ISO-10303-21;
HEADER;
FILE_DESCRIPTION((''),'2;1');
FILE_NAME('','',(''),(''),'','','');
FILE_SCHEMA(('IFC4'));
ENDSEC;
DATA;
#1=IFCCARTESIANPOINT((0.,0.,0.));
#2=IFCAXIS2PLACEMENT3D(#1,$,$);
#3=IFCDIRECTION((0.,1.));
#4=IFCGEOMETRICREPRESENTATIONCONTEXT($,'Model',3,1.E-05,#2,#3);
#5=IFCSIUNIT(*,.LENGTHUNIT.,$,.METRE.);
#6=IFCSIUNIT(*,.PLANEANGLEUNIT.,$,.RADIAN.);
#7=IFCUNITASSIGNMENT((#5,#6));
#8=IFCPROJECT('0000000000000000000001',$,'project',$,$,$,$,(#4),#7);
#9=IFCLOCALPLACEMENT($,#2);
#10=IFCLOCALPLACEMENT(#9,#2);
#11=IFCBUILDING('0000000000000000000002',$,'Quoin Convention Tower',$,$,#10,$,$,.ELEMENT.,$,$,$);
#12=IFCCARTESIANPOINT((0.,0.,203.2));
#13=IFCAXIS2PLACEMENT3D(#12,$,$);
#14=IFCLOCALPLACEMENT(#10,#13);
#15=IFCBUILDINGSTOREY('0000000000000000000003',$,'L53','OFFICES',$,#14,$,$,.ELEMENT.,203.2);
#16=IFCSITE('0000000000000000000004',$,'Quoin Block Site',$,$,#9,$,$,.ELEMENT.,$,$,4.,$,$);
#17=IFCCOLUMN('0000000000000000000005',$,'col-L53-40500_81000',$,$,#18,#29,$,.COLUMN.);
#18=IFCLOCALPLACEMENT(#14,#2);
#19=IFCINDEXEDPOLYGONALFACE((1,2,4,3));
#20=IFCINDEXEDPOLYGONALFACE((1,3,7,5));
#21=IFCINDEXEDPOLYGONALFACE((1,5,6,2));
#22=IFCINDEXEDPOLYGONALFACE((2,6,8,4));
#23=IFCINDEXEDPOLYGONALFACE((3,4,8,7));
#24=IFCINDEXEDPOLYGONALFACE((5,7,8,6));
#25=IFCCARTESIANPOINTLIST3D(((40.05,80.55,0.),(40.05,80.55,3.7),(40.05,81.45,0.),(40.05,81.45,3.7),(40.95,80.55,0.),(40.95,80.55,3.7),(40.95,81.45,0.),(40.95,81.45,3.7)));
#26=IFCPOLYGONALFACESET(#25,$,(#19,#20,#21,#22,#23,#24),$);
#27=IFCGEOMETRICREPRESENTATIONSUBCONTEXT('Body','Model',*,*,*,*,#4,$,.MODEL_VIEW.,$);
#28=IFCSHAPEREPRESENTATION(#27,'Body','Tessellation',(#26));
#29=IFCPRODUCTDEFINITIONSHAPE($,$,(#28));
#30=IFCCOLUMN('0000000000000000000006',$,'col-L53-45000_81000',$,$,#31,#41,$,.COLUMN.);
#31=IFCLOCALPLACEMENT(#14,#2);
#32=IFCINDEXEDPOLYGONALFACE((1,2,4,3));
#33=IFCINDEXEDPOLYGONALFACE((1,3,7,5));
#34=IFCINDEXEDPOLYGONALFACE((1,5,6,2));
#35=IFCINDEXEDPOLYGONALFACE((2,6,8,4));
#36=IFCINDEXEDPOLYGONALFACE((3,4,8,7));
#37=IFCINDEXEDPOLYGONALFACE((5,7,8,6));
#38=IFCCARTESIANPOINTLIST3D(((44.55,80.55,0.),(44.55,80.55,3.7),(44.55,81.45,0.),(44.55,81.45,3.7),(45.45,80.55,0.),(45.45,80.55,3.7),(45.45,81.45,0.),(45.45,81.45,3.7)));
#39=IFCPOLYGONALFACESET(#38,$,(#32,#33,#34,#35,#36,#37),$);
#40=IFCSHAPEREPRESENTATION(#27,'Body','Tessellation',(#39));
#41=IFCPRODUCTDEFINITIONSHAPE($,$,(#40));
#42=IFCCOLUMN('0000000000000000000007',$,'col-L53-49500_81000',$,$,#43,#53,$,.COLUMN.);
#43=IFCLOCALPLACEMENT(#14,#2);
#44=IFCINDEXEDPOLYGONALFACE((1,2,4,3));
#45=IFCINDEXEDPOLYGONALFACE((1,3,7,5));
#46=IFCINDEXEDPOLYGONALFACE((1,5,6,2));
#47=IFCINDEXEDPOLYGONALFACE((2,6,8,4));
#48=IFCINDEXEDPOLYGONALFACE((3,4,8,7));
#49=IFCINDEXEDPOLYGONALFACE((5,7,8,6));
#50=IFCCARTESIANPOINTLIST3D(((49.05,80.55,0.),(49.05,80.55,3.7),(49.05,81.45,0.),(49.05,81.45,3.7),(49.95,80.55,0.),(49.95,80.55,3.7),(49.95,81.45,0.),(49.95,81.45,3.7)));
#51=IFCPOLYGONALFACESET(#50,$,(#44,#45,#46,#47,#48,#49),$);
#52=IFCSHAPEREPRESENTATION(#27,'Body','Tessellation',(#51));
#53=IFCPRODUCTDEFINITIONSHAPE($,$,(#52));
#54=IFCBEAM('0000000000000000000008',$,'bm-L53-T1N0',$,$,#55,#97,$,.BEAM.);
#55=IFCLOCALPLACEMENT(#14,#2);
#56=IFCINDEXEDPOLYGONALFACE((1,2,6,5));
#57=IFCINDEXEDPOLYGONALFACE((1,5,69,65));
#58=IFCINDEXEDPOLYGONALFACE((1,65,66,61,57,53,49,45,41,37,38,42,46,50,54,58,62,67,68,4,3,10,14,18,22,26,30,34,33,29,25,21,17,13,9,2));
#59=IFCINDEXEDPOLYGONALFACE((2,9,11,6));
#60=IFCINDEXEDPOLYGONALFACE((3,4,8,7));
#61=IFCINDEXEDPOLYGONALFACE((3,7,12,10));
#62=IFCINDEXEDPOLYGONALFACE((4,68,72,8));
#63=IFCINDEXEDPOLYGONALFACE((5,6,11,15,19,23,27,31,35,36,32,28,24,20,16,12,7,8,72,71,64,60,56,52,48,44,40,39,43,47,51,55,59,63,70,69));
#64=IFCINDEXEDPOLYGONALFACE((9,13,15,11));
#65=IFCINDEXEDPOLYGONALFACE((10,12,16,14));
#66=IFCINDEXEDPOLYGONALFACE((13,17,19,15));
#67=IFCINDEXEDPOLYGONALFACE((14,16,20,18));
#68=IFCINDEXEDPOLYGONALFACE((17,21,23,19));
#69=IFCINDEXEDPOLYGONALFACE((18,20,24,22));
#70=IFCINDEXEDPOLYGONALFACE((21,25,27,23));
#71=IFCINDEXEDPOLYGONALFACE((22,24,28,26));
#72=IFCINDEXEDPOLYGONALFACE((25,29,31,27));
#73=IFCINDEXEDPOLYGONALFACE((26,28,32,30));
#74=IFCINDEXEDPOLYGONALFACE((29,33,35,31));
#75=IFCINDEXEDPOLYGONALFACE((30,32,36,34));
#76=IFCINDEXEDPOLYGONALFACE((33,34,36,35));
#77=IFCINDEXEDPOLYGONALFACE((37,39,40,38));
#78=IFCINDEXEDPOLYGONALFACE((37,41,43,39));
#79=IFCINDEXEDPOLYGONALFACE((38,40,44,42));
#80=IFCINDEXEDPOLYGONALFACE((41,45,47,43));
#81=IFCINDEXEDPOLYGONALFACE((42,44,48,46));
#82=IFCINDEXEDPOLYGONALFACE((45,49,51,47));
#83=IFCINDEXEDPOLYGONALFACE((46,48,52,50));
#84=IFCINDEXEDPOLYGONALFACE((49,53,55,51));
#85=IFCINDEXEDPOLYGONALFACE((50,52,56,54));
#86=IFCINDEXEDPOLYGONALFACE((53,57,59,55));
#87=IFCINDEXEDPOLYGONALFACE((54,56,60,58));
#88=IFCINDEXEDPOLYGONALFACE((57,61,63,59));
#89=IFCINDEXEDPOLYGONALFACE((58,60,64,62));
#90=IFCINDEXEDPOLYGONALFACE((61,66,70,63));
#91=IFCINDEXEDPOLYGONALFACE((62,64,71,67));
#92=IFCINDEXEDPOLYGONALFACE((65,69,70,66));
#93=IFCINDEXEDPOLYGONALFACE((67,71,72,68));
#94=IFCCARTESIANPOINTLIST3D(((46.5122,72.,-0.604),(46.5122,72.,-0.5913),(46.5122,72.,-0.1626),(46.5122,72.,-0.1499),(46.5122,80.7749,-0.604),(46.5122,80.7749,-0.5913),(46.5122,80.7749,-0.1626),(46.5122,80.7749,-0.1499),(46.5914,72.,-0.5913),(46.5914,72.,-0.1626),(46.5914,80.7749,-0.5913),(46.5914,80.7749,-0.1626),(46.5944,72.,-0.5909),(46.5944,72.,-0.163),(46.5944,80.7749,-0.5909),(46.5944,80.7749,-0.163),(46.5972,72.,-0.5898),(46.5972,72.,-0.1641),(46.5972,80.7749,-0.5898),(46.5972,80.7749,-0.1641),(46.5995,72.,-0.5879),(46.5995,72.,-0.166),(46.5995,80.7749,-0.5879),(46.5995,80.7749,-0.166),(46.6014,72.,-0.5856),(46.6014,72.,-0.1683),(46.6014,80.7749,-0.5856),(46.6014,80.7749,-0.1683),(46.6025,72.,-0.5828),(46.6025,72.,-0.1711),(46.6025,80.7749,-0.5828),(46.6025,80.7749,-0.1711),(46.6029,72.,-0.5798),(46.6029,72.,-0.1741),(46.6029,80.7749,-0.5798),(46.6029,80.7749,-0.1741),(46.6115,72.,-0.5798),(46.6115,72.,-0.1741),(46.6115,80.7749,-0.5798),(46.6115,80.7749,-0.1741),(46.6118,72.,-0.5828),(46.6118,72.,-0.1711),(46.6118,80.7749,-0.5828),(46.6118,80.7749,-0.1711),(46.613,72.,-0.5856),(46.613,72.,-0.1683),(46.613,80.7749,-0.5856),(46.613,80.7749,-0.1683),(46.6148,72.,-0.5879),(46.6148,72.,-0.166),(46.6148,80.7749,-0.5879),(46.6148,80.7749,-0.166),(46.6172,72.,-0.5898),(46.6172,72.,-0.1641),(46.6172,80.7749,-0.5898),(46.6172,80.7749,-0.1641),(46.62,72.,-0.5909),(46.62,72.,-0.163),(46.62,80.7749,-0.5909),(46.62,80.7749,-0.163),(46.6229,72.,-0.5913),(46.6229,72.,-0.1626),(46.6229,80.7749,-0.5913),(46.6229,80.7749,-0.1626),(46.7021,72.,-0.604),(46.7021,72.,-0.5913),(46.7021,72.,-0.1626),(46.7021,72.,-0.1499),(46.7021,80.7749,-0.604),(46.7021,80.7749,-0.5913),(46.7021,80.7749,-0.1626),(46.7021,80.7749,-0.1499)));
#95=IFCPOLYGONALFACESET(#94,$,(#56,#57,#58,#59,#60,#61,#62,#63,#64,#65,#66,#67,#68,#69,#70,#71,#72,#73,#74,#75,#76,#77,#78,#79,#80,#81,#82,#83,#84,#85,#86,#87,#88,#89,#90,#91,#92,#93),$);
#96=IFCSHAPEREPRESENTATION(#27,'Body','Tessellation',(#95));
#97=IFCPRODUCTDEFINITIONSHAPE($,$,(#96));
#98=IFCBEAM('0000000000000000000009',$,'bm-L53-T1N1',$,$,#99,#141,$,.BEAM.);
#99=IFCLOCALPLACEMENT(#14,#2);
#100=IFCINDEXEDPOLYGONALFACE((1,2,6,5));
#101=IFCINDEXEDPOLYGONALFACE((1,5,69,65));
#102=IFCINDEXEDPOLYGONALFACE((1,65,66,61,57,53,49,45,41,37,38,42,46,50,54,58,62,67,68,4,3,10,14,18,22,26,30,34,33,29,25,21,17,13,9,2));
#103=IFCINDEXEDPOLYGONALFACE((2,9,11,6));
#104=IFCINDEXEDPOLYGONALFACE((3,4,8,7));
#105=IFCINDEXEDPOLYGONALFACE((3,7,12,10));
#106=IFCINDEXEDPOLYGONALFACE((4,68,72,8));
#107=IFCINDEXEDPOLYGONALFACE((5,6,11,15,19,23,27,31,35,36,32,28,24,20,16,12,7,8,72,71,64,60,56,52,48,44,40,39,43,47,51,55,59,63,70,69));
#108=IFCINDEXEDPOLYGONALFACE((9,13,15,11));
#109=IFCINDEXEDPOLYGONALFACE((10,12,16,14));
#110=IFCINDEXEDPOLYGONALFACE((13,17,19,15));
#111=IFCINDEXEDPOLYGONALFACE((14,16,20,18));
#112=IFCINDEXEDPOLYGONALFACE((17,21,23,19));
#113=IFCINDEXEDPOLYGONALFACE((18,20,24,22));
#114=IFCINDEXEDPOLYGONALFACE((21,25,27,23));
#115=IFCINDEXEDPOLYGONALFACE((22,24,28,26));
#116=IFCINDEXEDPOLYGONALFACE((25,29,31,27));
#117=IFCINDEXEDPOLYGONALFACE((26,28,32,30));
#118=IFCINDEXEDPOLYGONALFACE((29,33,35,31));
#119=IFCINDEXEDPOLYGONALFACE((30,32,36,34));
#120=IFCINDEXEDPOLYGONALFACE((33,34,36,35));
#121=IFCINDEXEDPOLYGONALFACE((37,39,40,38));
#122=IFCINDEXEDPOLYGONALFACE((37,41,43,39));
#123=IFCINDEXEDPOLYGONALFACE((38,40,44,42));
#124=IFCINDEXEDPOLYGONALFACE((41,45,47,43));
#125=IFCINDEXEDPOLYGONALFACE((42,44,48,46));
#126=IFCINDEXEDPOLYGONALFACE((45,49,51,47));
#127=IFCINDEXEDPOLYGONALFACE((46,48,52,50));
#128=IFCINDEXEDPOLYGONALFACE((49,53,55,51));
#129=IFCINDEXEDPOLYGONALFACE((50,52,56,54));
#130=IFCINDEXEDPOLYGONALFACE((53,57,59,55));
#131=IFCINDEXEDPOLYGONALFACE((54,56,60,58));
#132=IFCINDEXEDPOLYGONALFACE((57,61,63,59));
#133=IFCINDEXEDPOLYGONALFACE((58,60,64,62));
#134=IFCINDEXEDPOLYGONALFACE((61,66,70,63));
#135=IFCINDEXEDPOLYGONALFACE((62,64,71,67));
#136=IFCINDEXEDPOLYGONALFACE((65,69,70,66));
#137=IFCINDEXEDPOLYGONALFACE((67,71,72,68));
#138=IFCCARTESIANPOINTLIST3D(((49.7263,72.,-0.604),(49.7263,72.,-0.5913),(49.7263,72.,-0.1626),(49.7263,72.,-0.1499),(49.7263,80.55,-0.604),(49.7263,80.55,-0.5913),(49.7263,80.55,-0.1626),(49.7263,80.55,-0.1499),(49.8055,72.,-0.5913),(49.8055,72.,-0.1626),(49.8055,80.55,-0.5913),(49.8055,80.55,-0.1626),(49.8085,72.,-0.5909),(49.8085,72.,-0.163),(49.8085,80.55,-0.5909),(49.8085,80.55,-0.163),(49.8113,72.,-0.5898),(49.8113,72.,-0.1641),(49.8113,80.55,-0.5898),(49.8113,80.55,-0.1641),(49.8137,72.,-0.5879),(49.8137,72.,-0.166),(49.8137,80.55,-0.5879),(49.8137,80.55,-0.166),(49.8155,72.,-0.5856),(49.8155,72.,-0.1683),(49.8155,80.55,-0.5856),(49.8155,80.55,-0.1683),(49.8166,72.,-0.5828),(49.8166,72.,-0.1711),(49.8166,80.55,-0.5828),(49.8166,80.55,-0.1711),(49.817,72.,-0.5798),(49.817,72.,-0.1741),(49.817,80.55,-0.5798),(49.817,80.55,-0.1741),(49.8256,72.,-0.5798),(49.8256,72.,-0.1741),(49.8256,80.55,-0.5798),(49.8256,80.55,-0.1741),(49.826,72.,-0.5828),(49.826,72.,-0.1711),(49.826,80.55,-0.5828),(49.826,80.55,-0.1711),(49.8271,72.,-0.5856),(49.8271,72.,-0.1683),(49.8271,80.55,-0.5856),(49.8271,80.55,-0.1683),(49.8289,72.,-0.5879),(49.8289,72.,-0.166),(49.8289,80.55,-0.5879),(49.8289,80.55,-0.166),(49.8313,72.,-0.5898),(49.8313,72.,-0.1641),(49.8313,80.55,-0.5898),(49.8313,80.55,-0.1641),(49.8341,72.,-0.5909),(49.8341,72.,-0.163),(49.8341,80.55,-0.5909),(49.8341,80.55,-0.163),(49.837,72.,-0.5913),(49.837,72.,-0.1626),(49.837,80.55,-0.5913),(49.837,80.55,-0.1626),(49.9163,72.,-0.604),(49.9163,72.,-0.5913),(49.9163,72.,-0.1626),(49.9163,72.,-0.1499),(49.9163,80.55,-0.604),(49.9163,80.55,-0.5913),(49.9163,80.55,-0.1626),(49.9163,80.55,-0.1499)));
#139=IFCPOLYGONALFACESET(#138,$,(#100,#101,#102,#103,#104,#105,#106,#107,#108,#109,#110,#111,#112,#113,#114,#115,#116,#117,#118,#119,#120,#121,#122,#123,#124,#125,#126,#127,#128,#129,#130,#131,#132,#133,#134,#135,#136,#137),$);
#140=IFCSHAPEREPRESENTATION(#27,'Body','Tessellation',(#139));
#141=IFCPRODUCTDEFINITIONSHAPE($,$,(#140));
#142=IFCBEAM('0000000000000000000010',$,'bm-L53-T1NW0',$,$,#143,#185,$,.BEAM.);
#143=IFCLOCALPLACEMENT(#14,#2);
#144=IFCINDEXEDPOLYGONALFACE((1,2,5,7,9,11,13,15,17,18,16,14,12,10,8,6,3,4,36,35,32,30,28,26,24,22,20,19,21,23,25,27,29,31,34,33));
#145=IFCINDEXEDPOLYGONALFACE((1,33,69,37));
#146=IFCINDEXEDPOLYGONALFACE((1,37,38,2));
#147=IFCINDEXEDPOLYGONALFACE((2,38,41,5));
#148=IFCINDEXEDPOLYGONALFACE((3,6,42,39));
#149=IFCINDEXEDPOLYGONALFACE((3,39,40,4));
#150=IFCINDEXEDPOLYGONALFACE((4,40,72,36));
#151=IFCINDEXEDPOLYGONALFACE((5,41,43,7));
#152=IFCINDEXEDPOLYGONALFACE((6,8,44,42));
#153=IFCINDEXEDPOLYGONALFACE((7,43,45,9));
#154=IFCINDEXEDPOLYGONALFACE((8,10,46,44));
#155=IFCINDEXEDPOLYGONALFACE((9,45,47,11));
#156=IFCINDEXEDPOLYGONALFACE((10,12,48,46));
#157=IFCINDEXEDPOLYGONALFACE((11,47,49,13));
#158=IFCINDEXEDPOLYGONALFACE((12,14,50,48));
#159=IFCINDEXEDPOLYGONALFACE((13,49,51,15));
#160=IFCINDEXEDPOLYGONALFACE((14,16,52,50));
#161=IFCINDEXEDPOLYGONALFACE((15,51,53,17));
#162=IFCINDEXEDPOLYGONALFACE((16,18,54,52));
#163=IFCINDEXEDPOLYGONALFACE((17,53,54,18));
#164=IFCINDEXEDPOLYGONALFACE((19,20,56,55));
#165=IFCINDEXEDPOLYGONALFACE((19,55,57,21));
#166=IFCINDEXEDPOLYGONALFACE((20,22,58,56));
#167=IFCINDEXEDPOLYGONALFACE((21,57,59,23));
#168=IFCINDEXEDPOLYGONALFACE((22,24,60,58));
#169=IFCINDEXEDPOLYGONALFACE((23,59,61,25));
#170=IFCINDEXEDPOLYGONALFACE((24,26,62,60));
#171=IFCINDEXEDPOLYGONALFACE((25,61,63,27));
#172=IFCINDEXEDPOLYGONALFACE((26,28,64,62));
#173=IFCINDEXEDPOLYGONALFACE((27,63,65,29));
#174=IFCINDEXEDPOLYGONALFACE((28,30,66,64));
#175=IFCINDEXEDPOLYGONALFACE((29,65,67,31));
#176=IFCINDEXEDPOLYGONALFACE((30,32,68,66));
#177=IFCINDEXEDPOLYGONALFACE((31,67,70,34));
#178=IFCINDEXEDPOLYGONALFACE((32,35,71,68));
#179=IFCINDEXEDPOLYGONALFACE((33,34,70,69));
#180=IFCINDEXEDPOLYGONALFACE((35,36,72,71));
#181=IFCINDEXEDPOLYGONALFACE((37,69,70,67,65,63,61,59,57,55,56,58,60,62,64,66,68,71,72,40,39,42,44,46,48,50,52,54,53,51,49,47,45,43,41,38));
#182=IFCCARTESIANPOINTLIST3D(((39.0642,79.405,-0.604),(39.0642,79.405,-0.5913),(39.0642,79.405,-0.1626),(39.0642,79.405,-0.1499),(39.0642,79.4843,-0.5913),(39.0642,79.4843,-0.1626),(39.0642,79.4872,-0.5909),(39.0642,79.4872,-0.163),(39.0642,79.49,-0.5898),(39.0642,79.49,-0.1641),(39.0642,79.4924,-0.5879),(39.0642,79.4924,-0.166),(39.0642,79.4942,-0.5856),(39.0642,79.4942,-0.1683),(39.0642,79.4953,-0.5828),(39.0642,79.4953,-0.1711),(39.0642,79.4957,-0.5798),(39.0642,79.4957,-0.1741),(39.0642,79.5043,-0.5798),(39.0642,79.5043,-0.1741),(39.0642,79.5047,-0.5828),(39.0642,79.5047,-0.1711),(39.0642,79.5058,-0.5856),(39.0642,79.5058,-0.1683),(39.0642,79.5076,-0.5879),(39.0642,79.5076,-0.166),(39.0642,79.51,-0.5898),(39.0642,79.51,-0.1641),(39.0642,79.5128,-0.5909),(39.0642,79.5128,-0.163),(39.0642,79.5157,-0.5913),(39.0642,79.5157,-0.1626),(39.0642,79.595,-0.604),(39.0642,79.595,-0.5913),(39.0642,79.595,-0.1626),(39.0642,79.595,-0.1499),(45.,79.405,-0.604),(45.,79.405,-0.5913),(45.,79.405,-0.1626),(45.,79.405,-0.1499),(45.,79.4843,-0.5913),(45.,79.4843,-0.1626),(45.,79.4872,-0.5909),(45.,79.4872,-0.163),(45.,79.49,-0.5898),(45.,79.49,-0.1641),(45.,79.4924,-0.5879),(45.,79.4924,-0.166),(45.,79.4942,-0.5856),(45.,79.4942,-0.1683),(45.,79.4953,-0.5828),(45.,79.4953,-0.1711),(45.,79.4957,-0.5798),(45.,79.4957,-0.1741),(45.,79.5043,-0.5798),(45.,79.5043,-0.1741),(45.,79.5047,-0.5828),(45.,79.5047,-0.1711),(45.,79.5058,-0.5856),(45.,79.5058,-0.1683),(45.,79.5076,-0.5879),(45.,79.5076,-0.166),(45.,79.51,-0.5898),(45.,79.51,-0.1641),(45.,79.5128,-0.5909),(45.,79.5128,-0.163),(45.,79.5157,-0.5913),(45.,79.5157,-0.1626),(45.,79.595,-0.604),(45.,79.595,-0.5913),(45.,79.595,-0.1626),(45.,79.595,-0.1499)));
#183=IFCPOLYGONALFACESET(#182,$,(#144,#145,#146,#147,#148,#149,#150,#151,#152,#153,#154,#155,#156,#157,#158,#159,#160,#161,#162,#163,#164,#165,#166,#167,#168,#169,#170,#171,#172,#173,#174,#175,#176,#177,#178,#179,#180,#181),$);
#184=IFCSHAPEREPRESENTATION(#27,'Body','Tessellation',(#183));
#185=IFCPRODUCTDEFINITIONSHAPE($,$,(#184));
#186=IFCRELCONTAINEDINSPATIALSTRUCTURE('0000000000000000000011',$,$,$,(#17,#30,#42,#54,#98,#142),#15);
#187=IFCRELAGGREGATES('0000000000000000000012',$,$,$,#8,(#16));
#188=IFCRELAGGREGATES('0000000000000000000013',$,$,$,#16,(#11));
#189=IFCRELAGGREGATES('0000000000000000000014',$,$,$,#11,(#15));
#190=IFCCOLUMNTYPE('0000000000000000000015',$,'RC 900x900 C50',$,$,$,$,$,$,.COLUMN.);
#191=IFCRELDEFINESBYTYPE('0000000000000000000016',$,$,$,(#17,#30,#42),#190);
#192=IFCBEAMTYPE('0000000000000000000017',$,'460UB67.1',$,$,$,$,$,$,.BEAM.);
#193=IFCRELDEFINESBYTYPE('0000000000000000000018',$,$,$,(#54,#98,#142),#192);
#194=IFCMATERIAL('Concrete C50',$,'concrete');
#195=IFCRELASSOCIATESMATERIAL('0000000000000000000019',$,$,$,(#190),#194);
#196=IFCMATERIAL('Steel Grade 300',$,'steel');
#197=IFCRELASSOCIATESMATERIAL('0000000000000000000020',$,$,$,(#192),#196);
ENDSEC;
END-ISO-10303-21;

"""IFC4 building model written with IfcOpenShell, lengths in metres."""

from ifc_helpers import new_model, si_unit, direction, frame, origin, origin_2d, place, context, subcontext, project, spatial, rectangle, i_section, extrude, material, material_profile, profile_set, type_object, element, save


model = new_model("IFC4")

# Units and contexts
model_context = context("Model", 3, precision=1e-05, world=origin(), true_north=direction((0.0, 1.0)))
body_context = subcontext(model_context, "Body", "Model", "MODEL_VIEW")
ifc_project = project(units=[si_unit("LENGTHUNIT", "METRE"), si_unit("PLANEANGLEUNIT", "RADIAN")], contexts=[model_context])

# Site, building, storey
site_placement = place(None, origin())
site = spatial("IfcSite", under=ifc_project, at=site_placement, Name="Quoin Block Site", CompositionType="ELEMENT", RefElevation=4.0)
building_placement = place(site_placement, origin())
building = spatial("IfcBuilding", under=site, at=building_placement, Name="Quoin Convention Tower", CompositionType="ELEMENT")
storey_placement = place(building_placement, frame((0.0, 0.0, 203.2)))
storey = spatial("IfcBuildingStorey", under=building, at=storey_placement, Name="L53", Description="OFFICES", CompositionType="ELEMENT", Elevation=203.2)

# Columns
ifc_material_1 = material(Name="Concrete C50", Category="concrete")
ifc_material_profile_1 = material_profile(ifc_material_1, rectangle(XDim=0.8999, YDim=0.8999, at=origin_2d()), Name="RC 900x900")
ifc_profile_set_1 = profile_set([ifc_material_profile_1], Name="Concrete C50")
column_type = type_object("IfcColumnType", Name="RC 900x900 C50", PredefinedType="COLUMN", material=ifc_profile_set_1)
for number, where, z_axis, x_axis, name in (
    (1, (40.5, 81.0, 0.0), (0.0, 0.0, 1.0), (1.0, 0.0, 0.0), "col-L53-40500_81000"),
    (2, (45.0, 81.0, 0.0), (0.0, 0.0, 1.0), (1.0, 0.0, 0.0), "col-L53-45000_81000"),
    (3, (49.5, 81.0, 0.0), (0.0, 0.0, 1.0), (1.0, 0.0, 0.0), "col-L53-49500_81000"),
):
    element("IfcColumn", number, at=place(storey_placement, frame(where, z_axis=z_axis, x_axis=x_axis)), inside=storey, type_object=column_type, Name=name, PredefinedType="COLUMN", context=body_context, shape_type="SweptSolid", body=[
        extrude(rectangle(XDim=0.8999, YDim=0.8999, at=origin_2d()), origin(), (0.0, 0.0, 1.0), 3.7),
    ])

# Beams
ifc_material_2 = material(Name="Steel Grade 300", Category="steel")
ifc_material_profile_2 = material_profile(ifc_material_2, i_section(OverallWidth=0.1899, OverallDepth=0.4541, WebThickness=0.0085, FlangeThickness=0.0127, FilletRadius=0.0115, at=origin_2d()), Name="460UB67.1")
ifc_profile_set_2 = profile_set([ifc_material_profile_2], Name="Steel Grade 300")
beam_type_1 = type_object("IfcBeamType", Name="460UB67.1", PredefinedType="BEAM", material=ifc_profile_set_2)
beam_1_placement = place(storey_placement, frame((46.6072, 72.0, -0.377), z_axis=(0.0, 1.0, 0.0), x_axis=(-1.0, 0.0, 0.0)))
element("IfcBeam", 4, at=beam_1_placement, inside=storey, type_object=beam_type_1, Name="bm-L53-T1N0", PredefinedType="BEAM", context=body_context, shape_type="SweptSolid", body=[
    extrude(i_section(OverallWidth=0.1899, OverallDepth=0.4541, WebThickness=0.0085, FlangeThickness=0.0127, FilletRadius=0.0115, at=origin_2d()), origin(), (0.0, 0.0, 1.0), 8.7749),
])
beam_2_placement = place(storey_placement, frame((49.8213, 72.0, -0.377), z_axis=(0.0, 1.0, 0.0), x_axis=(-1.0, 0.0, 0.0)))
element("IfcBeam", 5, at=beam_2_placement, inside=storey, type_object=beam_type_1, Name="bm-L53-T1N1", PredefinedType="BEAM", context=body_context, shape_type="SweptSolid", body=[
    extrude(i_section(OverallWidth=0.1899, OverallDepth=0.4541, WebThickness=0.0085, FlangeThickness=0.0127, FilletRadius=0.0115, at=origin_2d()), origin(), (0.0, 0.0, 1.0), 8.55),
])
beam_3_placement = place(storey_placement, frame((39.0642, 79.5, -0.377), z_axis=(1.0, 0.0, 0.0), x_axis=(0.0, 1.0, 0.0)))
element("IfcBeam", 6, at=beam_3_placement, inside=storey, type_object=beam_type_1, Name="bm-L53-T1NW0", PredefinedType="BEAM", context=body_context, shape_type="SweptSolid", body=[
    extrude(i_section(OverallWidth=0.1899, OverallDepth=0.4541, WebThickness=0.0085, FlangeThickness=0.0127, FilletRadius=0.0115, at=origin_2d()), origin(), (0.0, 0.0, 1.0), 5.9358),
])

save(model, "model.ifc")
